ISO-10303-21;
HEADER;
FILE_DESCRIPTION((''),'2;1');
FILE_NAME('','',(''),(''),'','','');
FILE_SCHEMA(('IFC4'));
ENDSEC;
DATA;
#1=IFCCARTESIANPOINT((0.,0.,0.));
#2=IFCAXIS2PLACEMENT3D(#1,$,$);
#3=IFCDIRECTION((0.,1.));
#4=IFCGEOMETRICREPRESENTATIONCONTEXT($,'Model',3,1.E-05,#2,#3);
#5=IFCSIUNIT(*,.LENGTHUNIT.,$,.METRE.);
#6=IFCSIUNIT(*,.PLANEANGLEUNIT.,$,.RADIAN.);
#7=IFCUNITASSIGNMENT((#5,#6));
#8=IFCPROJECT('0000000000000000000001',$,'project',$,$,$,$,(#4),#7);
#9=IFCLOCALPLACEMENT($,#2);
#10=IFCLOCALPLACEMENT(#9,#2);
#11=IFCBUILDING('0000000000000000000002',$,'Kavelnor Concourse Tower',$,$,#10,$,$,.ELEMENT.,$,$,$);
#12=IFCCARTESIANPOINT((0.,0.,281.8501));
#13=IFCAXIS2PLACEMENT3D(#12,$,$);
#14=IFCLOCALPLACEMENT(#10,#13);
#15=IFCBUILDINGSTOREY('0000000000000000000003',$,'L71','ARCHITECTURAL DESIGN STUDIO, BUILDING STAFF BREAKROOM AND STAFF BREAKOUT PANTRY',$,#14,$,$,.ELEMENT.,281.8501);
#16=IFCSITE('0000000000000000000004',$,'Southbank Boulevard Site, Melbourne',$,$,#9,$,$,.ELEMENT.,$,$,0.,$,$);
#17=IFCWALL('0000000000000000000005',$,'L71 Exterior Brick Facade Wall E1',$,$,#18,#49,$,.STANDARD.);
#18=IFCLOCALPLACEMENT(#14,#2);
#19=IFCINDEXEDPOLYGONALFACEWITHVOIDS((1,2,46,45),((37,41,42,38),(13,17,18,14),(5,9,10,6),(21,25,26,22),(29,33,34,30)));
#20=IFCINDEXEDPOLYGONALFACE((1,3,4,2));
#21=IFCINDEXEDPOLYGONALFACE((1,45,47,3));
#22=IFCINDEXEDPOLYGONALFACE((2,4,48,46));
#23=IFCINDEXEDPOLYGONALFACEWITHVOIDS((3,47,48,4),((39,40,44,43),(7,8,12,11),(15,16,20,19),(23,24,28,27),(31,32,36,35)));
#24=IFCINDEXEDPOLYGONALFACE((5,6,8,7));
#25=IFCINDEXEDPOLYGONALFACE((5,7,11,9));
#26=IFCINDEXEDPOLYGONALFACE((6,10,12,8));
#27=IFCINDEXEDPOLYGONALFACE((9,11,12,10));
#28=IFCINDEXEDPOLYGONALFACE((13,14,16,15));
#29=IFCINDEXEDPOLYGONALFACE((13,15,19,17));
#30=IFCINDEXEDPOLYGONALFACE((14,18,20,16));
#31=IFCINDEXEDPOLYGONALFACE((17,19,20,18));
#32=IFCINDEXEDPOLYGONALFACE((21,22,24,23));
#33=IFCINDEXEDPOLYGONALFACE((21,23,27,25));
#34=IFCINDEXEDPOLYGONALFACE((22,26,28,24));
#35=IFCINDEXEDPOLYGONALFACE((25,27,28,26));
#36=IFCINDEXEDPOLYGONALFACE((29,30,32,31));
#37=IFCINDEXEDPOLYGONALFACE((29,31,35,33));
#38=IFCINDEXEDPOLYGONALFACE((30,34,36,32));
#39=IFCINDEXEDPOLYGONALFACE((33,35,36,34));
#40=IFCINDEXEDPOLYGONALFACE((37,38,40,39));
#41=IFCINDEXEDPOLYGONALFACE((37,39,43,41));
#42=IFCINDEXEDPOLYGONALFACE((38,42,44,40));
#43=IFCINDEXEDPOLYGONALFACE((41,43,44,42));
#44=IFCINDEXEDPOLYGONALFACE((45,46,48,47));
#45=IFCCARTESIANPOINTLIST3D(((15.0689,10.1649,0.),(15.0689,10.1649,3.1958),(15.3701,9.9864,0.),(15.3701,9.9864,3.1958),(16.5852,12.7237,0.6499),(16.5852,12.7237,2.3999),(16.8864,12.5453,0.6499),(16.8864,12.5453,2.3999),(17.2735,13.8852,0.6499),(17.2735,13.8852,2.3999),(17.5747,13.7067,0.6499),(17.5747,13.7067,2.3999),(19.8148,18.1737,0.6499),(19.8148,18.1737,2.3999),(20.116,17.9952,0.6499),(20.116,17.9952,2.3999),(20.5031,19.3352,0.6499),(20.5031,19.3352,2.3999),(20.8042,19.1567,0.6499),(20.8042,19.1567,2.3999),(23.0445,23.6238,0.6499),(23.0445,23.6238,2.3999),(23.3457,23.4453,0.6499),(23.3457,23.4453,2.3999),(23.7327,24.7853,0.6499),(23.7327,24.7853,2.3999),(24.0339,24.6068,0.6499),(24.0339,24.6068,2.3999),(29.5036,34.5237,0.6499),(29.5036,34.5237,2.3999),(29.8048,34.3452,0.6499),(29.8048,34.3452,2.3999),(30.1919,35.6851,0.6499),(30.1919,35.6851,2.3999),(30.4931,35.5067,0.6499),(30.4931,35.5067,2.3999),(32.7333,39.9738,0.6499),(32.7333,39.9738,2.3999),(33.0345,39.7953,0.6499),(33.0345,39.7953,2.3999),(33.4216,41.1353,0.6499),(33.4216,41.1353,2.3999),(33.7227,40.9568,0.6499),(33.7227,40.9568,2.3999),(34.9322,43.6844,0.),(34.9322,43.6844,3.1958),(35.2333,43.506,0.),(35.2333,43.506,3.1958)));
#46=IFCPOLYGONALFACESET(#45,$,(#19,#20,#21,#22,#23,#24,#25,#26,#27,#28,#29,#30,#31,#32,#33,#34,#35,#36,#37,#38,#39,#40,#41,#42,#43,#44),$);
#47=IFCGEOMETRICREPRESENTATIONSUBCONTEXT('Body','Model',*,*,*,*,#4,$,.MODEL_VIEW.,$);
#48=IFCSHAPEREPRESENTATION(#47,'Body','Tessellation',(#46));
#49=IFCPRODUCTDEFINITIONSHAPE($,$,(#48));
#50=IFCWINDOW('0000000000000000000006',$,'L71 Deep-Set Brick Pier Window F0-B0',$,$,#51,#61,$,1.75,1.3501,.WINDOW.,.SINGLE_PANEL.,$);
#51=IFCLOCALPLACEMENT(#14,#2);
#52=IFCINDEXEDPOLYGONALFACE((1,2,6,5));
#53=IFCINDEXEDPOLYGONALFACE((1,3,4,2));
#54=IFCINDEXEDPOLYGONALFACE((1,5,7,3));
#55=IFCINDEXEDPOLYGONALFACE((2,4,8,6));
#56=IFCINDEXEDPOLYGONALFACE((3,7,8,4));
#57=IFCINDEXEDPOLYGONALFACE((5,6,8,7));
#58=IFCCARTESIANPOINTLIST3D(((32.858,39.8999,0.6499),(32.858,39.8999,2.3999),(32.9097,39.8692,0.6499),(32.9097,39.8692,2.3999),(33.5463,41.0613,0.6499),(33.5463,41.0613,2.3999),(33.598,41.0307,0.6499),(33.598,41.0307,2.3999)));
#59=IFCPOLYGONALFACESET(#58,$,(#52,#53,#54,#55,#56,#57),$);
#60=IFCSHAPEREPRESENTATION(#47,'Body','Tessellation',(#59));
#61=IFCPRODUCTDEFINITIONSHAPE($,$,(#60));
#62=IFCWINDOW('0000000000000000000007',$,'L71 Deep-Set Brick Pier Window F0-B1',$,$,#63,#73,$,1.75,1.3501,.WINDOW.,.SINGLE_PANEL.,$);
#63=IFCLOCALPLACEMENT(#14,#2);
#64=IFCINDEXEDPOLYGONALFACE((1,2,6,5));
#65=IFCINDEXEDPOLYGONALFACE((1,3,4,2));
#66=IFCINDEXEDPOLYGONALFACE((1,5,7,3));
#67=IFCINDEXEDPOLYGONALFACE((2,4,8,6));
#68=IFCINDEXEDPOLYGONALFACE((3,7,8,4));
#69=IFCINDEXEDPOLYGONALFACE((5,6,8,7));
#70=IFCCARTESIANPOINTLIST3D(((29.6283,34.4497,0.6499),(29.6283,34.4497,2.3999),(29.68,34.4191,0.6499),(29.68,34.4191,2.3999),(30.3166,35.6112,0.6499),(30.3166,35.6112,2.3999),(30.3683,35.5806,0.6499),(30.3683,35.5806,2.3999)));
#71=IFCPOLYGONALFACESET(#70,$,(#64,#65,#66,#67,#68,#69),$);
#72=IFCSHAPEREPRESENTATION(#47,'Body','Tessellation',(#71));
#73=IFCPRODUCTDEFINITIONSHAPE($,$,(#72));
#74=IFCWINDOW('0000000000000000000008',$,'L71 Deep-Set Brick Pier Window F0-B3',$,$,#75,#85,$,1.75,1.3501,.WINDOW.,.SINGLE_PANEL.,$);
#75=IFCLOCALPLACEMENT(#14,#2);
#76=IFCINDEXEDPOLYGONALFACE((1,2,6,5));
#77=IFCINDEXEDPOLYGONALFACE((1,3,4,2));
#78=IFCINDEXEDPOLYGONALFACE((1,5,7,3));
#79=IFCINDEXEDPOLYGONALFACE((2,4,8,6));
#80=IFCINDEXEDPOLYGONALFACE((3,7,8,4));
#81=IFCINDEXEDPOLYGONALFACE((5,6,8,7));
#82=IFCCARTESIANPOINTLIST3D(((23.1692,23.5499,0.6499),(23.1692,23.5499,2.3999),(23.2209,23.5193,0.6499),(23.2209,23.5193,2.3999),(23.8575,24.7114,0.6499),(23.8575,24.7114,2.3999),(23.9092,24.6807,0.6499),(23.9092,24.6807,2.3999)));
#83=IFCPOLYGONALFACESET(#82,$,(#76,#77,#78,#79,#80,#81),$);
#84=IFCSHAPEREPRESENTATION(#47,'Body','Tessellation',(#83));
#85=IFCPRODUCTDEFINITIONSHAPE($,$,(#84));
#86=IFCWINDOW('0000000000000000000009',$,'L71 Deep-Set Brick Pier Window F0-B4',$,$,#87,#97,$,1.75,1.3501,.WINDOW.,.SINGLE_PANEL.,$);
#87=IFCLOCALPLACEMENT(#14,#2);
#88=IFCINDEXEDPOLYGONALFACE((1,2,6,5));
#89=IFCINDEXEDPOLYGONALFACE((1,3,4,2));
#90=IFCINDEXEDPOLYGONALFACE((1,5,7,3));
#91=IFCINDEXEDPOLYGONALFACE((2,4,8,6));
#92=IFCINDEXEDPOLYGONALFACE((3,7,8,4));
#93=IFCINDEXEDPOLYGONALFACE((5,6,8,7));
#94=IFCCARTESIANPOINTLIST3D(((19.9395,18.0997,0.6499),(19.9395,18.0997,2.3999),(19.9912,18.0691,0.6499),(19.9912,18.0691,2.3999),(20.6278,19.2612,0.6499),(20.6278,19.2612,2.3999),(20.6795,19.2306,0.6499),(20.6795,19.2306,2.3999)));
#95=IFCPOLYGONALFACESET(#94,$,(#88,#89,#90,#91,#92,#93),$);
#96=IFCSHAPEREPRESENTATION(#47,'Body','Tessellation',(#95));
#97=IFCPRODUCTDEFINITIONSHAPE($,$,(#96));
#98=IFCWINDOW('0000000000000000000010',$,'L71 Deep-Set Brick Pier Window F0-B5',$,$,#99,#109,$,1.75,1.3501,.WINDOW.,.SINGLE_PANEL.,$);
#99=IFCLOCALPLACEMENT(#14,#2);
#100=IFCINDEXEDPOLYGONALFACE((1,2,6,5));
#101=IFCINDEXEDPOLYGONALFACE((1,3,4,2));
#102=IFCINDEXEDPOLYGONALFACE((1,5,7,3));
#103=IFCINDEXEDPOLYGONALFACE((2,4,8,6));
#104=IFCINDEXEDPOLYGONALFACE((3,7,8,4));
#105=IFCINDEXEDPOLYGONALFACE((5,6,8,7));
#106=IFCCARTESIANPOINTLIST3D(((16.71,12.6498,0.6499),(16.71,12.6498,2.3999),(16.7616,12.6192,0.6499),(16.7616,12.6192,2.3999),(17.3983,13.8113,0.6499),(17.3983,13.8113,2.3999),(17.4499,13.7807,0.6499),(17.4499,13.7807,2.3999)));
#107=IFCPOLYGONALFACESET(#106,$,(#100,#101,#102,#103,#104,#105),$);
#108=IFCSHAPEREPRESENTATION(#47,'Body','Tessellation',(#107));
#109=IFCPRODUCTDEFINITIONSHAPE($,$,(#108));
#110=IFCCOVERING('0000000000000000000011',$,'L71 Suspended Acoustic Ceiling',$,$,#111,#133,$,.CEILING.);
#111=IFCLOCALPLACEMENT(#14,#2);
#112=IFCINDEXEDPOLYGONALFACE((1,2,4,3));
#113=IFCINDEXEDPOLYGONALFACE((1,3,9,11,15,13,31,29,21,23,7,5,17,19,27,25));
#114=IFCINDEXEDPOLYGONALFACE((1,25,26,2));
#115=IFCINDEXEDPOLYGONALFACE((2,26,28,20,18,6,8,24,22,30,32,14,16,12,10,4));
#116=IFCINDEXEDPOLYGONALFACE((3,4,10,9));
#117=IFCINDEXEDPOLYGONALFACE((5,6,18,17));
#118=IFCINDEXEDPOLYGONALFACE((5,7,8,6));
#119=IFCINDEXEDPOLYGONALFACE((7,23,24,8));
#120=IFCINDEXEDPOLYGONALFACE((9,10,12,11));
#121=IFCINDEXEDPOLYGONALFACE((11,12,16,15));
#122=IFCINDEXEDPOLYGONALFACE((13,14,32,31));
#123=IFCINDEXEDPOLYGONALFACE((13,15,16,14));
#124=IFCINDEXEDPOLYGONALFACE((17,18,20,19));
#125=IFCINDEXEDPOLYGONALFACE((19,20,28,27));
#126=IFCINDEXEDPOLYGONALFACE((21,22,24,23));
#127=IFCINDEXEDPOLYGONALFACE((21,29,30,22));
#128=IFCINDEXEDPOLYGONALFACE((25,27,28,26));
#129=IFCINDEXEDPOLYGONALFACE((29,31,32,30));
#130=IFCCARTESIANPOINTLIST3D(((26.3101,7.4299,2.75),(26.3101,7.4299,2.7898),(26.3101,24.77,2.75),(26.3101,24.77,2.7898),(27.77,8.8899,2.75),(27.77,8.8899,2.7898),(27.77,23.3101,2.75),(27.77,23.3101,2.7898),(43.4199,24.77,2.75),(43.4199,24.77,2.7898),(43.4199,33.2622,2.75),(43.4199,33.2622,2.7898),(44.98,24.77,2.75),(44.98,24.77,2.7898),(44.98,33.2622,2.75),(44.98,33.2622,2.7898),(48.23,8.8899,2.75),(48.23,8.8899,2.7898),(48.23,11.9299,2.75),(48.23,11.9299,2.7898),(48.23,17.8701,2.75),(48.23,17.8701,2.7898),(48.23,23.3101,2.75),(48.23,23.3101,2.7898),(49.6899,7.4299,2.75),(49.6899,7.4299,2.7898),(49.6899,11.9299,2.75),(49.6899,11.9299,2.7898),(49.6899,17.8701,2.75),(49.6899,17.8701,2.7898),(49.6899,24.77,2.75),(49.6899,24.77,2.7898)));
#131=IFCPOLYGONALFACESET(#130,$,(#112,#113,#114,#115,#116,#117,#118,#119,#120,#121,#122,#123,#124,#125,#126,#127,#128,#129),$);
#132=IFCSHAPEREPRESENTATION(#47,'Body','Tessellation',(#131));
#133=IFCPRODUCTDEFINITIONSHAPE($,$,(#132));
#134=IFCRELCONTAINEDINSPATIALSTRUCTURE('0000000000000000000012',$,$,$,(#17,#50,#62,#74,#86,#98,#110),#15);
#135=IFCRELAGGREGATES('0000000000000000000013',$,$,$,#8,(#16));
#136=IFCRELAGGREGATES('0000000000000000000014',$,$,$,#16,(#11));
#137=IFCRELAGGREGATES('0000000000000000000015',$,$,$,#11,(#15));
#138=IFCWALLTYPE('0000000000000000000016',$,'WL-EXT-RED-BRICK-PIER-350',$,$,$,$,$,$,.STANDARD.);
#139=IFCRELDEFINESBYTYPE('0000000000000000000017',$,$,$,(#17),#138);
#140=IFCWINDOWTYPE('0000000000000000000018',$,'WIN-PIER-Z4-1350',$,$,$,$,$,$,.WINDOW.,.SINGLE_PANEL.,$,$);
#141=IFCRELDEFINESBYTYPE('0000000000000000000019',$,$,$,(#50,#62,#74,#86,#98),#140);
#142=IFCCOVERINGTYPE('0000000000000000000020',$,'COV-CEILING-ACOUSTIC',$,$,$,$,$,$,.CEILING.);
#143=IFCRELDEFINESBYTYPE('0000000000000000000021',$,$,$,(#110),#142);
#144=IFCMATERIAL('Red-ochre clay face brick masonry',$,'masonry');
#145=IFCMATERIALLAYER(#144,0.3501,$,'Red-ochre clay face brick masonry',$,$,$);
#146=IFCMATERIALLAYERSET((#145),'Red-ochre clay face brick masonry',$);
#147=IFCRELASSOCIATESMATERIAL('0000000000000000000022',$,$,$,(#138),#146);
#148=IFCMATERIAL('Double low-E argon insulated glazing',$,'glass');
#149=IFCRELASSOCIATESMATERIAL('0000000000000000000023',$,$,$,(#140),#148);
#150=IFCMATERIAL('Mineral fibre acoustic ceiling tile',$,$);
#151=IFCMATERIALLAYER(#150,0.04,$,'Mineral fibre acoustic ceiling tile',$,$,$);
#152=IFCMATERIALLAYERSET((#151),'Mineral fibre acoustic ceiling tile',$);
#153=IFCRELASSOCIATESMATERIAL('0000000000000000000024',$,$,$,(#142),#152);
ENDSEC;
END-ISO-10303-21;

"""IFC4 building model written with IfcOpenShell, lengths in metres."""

from ifc_helpers import new_model, si_unit, direction, frame, frame_2d, origin, place, context, subcontext, project, spatial, polyline, rectangle, outline, extrude, material, layer, layer_set, type_object, element, fill, save


model = new_model("IFC4")

# Units and contexts
model_context = context("Model", 3, precision=1e-05, world=origin(), true_north=direction((0.0, 1.0)))
body_context = subcontext(model_context, "Body", "Model", "MODEL_VIEW")
ifc_project = project(units=[si_unit("LENGTHUNIT", "METRE"), si_unit("PLANEANGLEUNIT", "RADIAN")], contexts=[model_context])

# Site, building, storey
site_placement = place(None, origin())
site = spatial("IfcSite", under=ifc_project, at=site_placement, Name="Southbank Boulevard Site, Melbourne", CompositionType="ELEMENT", RefElevation=0.0)
building_placement = place(site_placement, origin())
building = spatial("IfcBuilding", under=site, at=building_placement, Name="Kavelnor Concourse Tower", CompositionType="ELEMENT")
storey_placement = place(building_placement, frame((0.0, 0.0, 281.8501)))
storey = spatial("IfcBuildingStorey", under=building, at=storey_placement, Name="L71", Description="ARCHITECTURAL DESIGN STUDIO, BUILDING STAFF BREAKROOM AND STAFF BREAKOUT PANTRY", CompositionType="ELEMENT", Elevation=281.8501)

# Shared definitions
ifc_material_1 = material(Name="Double low-E argon insulated glazing", Category="glass")

# Wall, openings, windows
ifc_material_2 = material(Name="Red-ochre clay face brick masonry", Category="masonry")
ifc_layer_1 = layer(ifc_material_2, 0.3501, Name="Red-ochre clay face brick masonry")
ifc_layer_set_1 = layer_set([ifc_layer_1], Name="Red-ochre clay face brick masonry")
wall_type_1 = type_object("IfcWallType", Name="WL-EXT-RED-BRICK-PIER-350", PredefinedType="STANDARD", material=ifc_layer_set_1)
wall_1_placement = place(storey_placement, frame((15.2195, 10.0757, 0.0), z_axis=(0.0, 0.0, 1.0), x_axis=(0.5098, 0.860293, 0.0)))
wall_1 = element("IfcWall", 1, at=wall_1_placement, inside=storey, type_object=wall_type_1, Name="L71 Exterior Brick Facade Wall E1", PredefinedType="STANDARD", context=body_context, shape_type="SweptSolid", body=[
    extrude(rectangle(XDim=38.9629, YDim=0.3501, at=frame_2d((19.4814, 0.0))), origin(), (0.0, 0.0, 1.0), 3.1958),
])
opening_1_placement = place(wall_1_placement, frame((34.6497, 0.0, 0.6499)))
opening_1 = element("IfcOpeningElement", 2, at=opening_1_placement, cuts=wall_1, PredefinedType="OPENING", context=body_context, shape_type="SweptSolid", body=[
    extrude(rectangle(XDim=1.3501, YDim=1.75, at=frame_2d((0.675, 0.875))), frame((0.0, 0.1851, 0.0), z_axis=(0.0, -1.0, 0.0), x_axis=(1.0, 0.0, 0.0)), (0.0, 0.0, 1.0), 0.3701),
])
opening_2_placement = place(wall_1_placement, frame((28.3145, 0.0, 0.6499)))
opening_2 = element("IfcOpeningElement", 3, at=opening_2_placement, cuts=wall_1, PredefinedType="OPENING", context=body_context, shape_type="SweptSolid", body=[
    extrude(rectangle(XDim=1.3501, YDim=1.75, at=frame_2d((0.675, 0.875))), frame((0.0, 0.1851, 0.0), z_axis=(0.0, -1.0, 0.0), x_axis=(1.0, 0.0, 0.0)), (0.0, 0.0, 1.0), 0.3701),
])
opening_3_placement = place(wall_1_placement, frame((15.6445, 0.0, 0.6499)))
opening_3 = element("IfcOpeningElement", 4, at=opening_3_placement, cuts=wall_1, PredefinedType="OPENING", context=body_context, shape_type="SweptSolid", body=[
    extrude(rectangle(XDim=1.3501, YDim=1.75, at=frame_2d((0.675, 0.875))), frame((0.0, 0.1851, 0.0), z_axis=(0.0, -1.0, 0.0), x_axis=(1.0, 0.0, 0.0)), (0.0, 0.0, 1.0), 0.3701),
])
opening_4_placement = place(wall_1_placement, frame((9.3093, 0.0, 0.6499)))
opening_4 = element("IfcOpeningElement", 5, at=opening_4_placement, cuts=wall_1, PredefinedType="OPENING", context=body_context, shape_type="SweptSolid", body=[
    extrude(rectangle(XDim=1.3501, YDim=1.75, at=frame_2d((0.675, 0.875))), frame((0.0, 0.1851, 0.0), z_axis=(0.0, -1.0, 0.0), x_axis=(1.0, 0.0, 0.0)), (0.0, 0.0, 1.0), 0.3701),
])
opening_5_placement = place(wall_1_placement, frame((2.9744, 0.0, 0.6499)))
opening_5 = element("IfcOpeningElement", 6, at=opening_5_placement, cuts=wall_1, PredefinedType="OPENING", context=body_context, shape_type="SweptSolid", body=[
    extrude(rectangle(XDim=1.3501, YDim=1.75, at=frame_2d((0.675, 0.875))), frame((0.0, 0.1851, 0.0), z_axis=(0.0, -1.0, 0.0), x_axis=(1.0, 0.0, 0.0)), (0.0, 0.0, 1.0), 0.3701),
])
window_type_1 = type_object("IfcWindowType", Name="WIN-PIER-Z4-1350", PartitioningType="SINGLE_PANEL", PredefinedType="WINDOW", material=ifc_material_1)
window_1_placement = place(opening_1_placement, origin())
window_1 = element("IfcWindow", 7, at=window_1_placement, inside=storey, type_object=window_type_1, Name="L71 Deep-Set Brick Pier Window F0-B0", OverallHeight=1.75, OverallWidth=1.3501, PartitioningType="SINGLE_PANEL", PredefinedType="WINDOW", context=body_context, shape_type="SweptSolid", body=[
    extrude(rectangle(XDim=1.3501, YDim=1.75, at=frame_2d((0.675, 0.875))), frame((0.0, 0.03, 0.0), z_axis=(0.0, -1.0, 0.0), x_axis=(1.0, 0.0, 0.0)), (0.0, 0.0, 1.0), 0.0601),
])
fill(opening_1, window_1)
window_2_placement = place(opening_2_placement, origin())
window_2 = element("IfcWindow", 8, at=window_2_placement, inside=storey, type_object=window_type_1, Name="L71 Deep-Set Brick Pier Window F0-B1", OverallHeight=1.75, OverallWidth=1.3501, PartitioningType="SINGLE_PANEL", PredefinedType="WINDOW", context=body_context, shape_type="SweptSolid", body=[
    extrude(rectangle(XDim=1.3501, YDim=1.75, at=frame_2d((0.675, 0.875))), frame((0.0, 0.03, 0.0), z_axis=(0.0, -1.0, 0.0), x_axis=(1.0, 0.0, 0.0)), (0.0, 0.0, 1.0), 0.0601),
])
fill(opening_2, window_2)
window_3_placement = place(opening_3_placement, origin())
window_3 = element("IfcWindow", 9, at=window_3_placement, inside=storey, type_object=window_type_1, Name="L71 Deep-Set Brick Pier Window F0-B3", OverallHeight=1.75, OverallWidth=1.3501, PartitioningType="SINGLE_PANEL", PredefinedType="WINDOW", context=body_context, shape_type="SweptSolid", body=[
    extrude(rectangle(XDim=1.3501, YDim=1.75, at=frame_2d((0.675, 0.875))), frame((0.0, 0.03, 0.0), z_axis=(0.0, -1.0, 0.0), x_axis=(1.0, 0.0, 0.0)), (0.0, 0.0, 1.0), 0.0601),
])
fill(opening_3, window_3)
window_4_placement = place(opening_4_placement, origin())
window_4 = element("IfcWindow", 10, at=window_4_placement, inside=storey, type_object=window_type_1, Name="L71 Deep-Set Brick Pier Window F0-B4", OverallHeight=1.75, OverallWidth=1.3501, PartitioningType="SINGLE_PANEL", PredefinedType="WINDOW", context=body_context, shape_type="SweptSolid", body=[
    extrude(rectangle(XDim=1.3501, YDim=1.75, at=frame_2d((0.675, 0.875))), frame((0.0, 0.03, 0.0), z_axis=(0.0, -1.0, 0.0), x_axis=(1.0, 0.0, 0.0)), (0.0, 0.0, 1.0), 0.0601),
])
fill(opening_4, window_4)
window_5_placement = place(opening_5_placement, origin())
window_5 = element("IfcWindow", 11, at=window_5_placement, inside=storey, type_object=window_type_1, Name="L71 Deep-Set Brick Pier Window F0-B5", OverallHeight=1.75, OverallWidth=1.3501, PartitioningType="SINGLE_PANEL", PredefinedType="WINDOW", context=body_context, shape_type="SweptSolid", body=[
    extrude(rectangle(XDim=1.3501, YDim=1.75, at=frame_2d((0.675, 0.875))), frame((0.0, 0.03, 0.0), z_axis=(0.0, -1.0, 0.0), x_axis=(1.0, 0.0, 0.0)), (0.0, 0.0, 1.0), 0.0601),
])
fill(opening_5, window_5)

# Covering
ifc_material_3 = material(Name="Mineral fibre acoustic ceiling tile")
ifc_layer_2 = layer(ifc_material_3, 0.04, Name="Mineral fibre acoustic ceiling tile")
ifc_layer_set_2 = layer_set([ifc_layer_2], Name="Mineral fibre acoustic ceiling tile")
covering_type = type_object("IfcCoveringType", Name="COV-CEILING-ACOUSTIC", PredefinedType="CEILING", material=ifc_layer_set_2)
covering_placement = place(storey_placement, frame((0.0, 0.0, 2.75)))
element("IfcCovering", 12, at=covering_placement, inside=storey, type_object=covering_type, Name="L71 Suspended Acoustic Ceiling", PredefinedType="CEILING", context=body_context, shape_type="SweptSolid", body=[
    extrude(outline(polyline([(44.98, 24.77), (49.6899, 24.77), (49.6899, 17.8701), (48.23, 17.8701), (48.23, 23.3101), (27.77, 23.3101), (27.77, 8.8899), (48.23, 8.8899), (48.23, 11.9299), (49.6899, 11.9299), (49.6899, 7.4299), (26.3101, 7.4299), (26.3101, 24.77), (43.4199, 24.77), (43.4199, 33.2622), (44.98, 33.2622), (44.98, 24.77)])), origin(), (0.0, 0.0, 1.0), 0.0398),
])

save(model, "model.ifc")
